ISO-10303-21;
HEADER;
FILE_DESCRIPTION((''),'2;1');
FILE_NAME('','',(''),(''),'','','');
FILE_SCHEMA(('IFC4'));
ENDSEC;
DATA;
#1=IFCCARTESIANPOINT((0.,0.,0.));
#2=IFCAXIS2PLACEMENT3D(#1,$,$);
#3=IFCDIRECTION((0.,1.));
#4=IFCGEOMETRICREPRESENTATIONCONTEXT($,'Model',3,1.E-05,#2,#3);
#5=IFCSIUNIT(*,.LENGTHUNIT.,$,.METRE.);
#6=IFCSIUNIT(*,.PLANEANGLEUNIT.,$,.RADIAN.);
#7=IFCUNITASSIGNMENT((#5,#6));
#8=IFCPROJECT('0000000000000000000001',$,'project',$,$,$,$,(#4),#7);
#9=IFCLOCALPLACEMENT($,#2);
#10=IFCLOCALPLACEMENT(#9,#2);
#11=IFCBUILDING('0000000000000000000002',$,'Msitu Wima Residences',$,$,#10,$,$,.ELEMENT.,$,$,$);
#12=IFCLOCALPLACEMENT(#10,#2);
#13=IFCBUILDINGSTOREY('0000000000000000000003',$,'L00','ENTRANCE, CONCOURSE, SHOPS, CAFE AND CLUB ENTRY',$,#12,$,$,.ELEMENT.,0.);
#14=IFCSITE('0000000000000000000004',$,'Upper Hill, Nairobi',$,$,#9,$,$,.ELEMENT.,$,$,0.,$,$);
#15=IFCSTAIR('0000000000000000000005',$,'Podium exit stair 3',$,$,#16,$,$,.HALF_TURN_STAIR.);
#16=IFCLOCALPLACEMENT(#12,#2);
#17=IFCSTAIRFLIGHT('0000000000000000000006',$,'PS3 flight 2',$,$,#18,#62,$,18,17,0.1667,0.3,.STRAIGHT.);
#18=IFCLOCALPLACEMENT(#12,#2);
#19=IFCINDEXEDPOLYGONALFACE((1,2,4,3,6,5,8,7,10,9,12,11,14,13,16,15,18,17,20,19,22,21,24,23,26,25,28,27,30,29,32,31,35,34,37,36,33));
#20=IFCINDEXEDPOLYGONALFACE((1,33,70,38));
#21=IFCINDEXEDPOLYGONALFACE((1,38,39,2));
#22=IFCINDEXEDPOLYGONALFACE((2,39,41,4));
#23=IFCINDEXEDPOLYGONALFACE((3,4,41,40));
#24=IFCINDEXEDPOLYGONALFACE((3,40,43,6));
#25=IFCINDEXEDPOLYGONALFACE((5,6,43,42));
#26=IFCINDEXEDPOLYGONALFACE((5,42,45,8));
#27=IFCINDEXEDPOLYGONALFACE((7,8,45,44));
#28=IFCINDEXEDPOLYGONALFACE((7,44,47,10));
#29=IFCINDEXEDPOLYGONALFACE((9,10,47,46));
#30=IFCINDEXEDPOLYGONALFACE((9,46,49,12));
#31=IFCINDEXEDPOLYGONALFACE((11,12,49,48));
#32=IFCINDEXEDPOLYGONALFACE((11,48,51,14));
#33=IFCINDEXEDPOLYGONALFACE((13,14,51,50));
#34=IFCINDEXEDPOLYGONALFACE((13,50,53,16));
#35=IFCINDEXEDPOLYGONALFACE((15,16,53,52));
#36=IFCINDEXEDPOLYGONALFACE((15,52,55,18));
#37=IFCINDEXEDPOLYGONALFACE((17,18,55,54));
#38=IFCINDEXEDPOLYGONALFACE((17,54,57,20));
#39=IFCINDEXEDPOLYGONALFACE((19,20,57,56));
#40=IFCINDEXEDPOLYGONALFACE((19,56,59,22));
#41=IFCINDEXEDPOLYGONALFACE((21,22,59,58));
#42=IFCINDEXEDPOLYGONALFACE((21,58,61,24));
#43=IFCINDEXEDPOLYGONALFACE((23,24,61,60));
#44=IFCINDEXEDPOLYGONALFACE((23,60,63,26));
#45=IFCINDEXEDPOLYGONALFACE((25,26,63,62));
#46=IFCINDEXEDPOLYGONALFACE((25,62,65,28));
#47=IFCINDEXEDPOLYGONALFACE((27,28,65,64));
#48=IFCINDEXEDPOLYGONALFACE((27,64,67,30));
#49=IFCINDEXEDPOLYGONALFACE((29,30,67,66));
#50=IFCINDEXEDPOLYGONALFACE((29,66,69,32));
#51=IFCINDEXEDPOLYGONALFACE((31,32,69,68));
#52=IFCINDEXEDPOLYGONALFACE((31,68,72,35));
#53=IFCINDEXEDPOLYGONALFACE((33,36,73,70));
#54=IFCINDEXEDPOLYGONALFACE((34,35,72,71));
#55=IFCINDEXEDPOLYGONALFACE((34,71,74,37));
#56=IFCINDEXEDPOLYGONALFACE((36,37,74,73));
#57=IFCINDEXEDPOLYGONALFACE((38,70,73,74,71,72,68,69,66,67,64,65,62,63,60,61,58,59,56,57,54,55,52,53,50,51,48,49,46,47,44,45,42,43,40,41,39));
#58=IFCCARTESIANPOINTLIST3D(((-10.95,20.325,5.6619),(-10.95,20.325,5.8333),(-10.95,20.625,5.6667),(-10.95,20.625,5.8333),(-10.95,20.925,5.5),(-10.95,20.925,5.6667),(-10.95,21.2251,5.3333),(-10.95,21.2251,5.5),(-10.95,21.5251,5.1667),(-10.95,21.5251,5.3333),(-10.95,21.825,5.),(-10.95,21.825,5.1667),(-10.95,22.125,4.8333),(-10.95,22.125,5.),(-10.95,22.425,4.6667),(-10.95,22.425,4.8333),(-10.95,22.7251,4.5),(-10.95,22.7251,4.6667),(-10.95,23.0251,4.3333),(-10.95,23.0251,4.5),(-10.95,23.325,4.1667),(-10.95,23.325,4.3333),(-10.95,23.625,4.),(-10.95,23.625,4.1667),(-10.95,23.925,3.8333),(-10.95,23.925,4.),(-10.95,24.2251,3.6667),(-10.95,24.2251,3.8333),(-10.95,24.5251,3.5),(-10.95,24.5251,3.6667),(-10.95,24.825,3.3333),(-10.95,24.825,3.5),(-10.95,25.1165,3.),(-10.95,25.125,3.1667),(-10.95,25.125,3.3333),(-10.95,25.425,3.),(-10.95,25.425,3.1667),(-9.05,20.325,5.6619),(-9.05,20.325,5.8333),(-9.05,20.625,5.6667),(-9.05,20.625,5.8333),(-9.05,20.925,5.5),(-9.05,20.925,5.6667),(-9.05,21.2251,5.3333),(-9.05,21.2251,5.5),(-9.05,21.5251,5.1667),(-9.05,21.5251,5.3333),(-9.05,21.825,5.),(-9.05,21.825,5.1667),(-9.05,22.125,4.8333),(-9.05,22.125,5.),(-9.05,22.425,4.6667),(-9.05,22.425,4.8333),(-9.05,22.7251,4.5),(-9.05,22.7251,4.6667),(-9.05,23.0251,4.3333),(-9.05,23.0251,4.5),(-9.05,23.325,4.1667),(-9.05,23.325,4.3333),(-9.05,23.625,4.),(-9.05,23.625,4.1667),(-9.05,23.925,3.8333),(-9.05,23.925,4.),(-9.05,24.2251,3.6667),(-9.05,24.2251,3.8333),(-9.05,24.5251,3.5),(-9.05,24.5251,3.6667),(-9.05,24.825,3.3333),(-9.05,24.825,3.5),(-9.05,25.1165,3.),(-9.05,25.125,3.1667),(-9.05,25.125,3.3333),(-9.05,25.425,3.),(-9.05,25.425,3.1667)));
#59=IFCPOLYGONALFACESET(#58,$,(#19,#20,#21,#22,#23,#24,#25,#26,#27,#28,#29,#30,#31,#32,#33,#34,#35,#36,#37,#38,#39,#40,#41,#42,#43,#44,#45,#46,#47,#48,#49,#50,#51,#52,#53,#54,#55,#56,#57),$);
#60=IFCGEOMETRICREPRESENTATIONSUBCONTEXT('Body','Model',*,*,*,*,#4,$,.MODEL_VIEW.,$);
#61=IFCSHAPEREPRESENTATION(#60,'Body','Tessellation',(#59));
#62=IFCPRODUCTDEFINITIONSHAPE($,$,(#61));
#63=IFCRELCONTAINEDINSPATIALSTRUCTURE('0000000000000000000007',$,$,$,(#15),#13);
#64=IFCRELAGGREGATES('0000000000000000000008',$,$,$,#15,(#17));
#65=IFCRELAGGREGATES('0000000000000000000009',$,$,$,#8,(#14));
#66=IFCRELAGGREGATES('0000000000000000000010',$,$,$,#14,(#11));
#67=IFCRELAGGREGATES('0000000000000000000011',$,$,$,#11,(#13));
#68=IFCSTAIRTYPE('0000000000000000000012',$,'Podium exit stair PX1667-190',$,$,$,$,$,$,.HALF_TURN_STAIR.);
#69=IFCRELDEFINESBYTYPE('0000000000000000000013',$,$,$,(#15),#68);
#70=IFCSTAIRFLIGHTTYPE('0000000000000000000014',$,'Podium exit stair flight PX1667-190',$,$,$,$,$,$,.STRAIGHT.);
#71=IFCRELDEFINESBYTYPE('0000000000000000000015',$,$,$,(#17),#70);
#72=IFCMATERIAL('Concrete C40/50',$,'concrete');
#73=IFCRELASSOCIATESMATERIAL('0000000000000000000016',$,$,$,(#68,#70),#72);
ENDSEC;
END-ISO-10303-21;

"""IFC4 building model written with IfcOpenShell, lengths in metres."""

from ifc_helpers import new_model, si_unit, direction, frame, origin, place, context, subcontext, project, spatial, polyline, outline, extrude, material, type_object, element, aggregate, save


model = new_model("IFC4")

# Units and contexts
model_context = context("Model", 3, precision=1e-05, world=origin(), true_north=direction((0.0, 1.0)))
body_context = subcontext(model_context, "Body", "Model", "MODEL_VIEW")
ifc_project = project(units=[si_unit("LENGTHUNIT", "METRE"), si_unit("PLANEANGLEUNIT", "RADIAN")], contexts=[model_context])

# Site, building, storey
site_placement = place(None, origin())
site = spatial("IfcSite", under=ifc_project, at=site_placement, Name="Upper Hill, Nairobi", CompositionType="ELEMENT", RefElevation=0.0)
building_placement = place(site_placement, origin())
building = spatial("IfcBuilding", under=site, at=building_placement, Name="Msitu Wima Residences", CompositionType="ELEMENT")
storey_placement = place(building_placement, origin())
storey = spatial("IfcBuildingStorey", under=building, at=storey_placement, Name="L00", Description="ENTRANCE, CONCOURSE, SHOPS, CAFE AND CLUB ENTRY", CompositionType="ELEMENT", Elevation=0.0)

# Shared definitions
ifc_material_1 = material(Name="Concrete C40/50", Category="concrete")

# Stair, stair flight
stair_type = type_object("IfcStairType", Name="Podium exit stair PX1667-190", PredefinedType="HALF_TURN_STAIR", material=ifc_material_1)
stair_placement = place(storey_placement, origin())
stair = element("IfcStair", 1, at=stair_placement, inside=storey, type_object=stair_type, Name="Podium exit stair 3", PredefinedType="HALF_TURN_STAIR")
stair_flight_type = type_object("IfcStairFlightType", Name="Podium exit stair flight PX1667-190", PredefinedType="STRAIGHT", material=ifc_material_1)
stair_flight_placement = place(storey_placement, frame((-10.0, 25.425, 3.0), z_axis=(0.0, 0.0, 1.0), x_axis=(0.0, -1.0, 0.0)))
stair_flight = element("IfcStairFlight", 2, at=stair_flight_placement, type_object=stair_flight_type, Name="PS3 flight 2", NumberOfRisers=18, NumberOfTreads=17, PredefinedType="STRAIGHT", RiserHeight=0.1667, TreadLength=0.3, context=body_context, shape_type="SweptSolid", body=[
    extrude(outline(polyline([(0.0, 0.0), (0.0, 0.1667), (0.3, 0.1667), (0.3, 0.3333), (0.6001, 0.3333), (0.6001, 0.5), (0.8999, 0.5), (0.8999, 0.6667), (1.2, 0.6667), (1.2, 0.8333), (1.5, 0.8333), (1.5, 1.0), (1.8, 1.0), (1.8, 1.1667), (2.1001, 1.1667), (2.1001, 1.3333), (2.3999, 1.3333), (2.3999, 1.5), (2.7, 1.5), (2.7, 1.6667), (3.0, 1.6667), (3.0, 1.8333), (3.3, 1.8333), (3.3, 2.0), (3.6001, 2.0), (3.6001, 2.1667), (3.8999, 2.1667), (3.8999, 2.3333), (4.2, 2.3333), (4.2, 2.5), (4.5, 2.5), (4.5, 2.6667), (4.8, 2.6667), (4.8, 2.8333), (5.1001, 2.8333), (5.1001, 3.0), (5.1001, 2.6619), (0.3086, 0.0), (0.0, 0.0)])), frame((0.0, 0.95, 0.0), z_axis=(0.0, -1.0, 0.0), x_axis=(1.0, 0.0, 0.0)), (0.0, 0.0, 1.0), 1.8999),
])
aggregate(stair, [stair_flight])

save(model, "model.ifc")
